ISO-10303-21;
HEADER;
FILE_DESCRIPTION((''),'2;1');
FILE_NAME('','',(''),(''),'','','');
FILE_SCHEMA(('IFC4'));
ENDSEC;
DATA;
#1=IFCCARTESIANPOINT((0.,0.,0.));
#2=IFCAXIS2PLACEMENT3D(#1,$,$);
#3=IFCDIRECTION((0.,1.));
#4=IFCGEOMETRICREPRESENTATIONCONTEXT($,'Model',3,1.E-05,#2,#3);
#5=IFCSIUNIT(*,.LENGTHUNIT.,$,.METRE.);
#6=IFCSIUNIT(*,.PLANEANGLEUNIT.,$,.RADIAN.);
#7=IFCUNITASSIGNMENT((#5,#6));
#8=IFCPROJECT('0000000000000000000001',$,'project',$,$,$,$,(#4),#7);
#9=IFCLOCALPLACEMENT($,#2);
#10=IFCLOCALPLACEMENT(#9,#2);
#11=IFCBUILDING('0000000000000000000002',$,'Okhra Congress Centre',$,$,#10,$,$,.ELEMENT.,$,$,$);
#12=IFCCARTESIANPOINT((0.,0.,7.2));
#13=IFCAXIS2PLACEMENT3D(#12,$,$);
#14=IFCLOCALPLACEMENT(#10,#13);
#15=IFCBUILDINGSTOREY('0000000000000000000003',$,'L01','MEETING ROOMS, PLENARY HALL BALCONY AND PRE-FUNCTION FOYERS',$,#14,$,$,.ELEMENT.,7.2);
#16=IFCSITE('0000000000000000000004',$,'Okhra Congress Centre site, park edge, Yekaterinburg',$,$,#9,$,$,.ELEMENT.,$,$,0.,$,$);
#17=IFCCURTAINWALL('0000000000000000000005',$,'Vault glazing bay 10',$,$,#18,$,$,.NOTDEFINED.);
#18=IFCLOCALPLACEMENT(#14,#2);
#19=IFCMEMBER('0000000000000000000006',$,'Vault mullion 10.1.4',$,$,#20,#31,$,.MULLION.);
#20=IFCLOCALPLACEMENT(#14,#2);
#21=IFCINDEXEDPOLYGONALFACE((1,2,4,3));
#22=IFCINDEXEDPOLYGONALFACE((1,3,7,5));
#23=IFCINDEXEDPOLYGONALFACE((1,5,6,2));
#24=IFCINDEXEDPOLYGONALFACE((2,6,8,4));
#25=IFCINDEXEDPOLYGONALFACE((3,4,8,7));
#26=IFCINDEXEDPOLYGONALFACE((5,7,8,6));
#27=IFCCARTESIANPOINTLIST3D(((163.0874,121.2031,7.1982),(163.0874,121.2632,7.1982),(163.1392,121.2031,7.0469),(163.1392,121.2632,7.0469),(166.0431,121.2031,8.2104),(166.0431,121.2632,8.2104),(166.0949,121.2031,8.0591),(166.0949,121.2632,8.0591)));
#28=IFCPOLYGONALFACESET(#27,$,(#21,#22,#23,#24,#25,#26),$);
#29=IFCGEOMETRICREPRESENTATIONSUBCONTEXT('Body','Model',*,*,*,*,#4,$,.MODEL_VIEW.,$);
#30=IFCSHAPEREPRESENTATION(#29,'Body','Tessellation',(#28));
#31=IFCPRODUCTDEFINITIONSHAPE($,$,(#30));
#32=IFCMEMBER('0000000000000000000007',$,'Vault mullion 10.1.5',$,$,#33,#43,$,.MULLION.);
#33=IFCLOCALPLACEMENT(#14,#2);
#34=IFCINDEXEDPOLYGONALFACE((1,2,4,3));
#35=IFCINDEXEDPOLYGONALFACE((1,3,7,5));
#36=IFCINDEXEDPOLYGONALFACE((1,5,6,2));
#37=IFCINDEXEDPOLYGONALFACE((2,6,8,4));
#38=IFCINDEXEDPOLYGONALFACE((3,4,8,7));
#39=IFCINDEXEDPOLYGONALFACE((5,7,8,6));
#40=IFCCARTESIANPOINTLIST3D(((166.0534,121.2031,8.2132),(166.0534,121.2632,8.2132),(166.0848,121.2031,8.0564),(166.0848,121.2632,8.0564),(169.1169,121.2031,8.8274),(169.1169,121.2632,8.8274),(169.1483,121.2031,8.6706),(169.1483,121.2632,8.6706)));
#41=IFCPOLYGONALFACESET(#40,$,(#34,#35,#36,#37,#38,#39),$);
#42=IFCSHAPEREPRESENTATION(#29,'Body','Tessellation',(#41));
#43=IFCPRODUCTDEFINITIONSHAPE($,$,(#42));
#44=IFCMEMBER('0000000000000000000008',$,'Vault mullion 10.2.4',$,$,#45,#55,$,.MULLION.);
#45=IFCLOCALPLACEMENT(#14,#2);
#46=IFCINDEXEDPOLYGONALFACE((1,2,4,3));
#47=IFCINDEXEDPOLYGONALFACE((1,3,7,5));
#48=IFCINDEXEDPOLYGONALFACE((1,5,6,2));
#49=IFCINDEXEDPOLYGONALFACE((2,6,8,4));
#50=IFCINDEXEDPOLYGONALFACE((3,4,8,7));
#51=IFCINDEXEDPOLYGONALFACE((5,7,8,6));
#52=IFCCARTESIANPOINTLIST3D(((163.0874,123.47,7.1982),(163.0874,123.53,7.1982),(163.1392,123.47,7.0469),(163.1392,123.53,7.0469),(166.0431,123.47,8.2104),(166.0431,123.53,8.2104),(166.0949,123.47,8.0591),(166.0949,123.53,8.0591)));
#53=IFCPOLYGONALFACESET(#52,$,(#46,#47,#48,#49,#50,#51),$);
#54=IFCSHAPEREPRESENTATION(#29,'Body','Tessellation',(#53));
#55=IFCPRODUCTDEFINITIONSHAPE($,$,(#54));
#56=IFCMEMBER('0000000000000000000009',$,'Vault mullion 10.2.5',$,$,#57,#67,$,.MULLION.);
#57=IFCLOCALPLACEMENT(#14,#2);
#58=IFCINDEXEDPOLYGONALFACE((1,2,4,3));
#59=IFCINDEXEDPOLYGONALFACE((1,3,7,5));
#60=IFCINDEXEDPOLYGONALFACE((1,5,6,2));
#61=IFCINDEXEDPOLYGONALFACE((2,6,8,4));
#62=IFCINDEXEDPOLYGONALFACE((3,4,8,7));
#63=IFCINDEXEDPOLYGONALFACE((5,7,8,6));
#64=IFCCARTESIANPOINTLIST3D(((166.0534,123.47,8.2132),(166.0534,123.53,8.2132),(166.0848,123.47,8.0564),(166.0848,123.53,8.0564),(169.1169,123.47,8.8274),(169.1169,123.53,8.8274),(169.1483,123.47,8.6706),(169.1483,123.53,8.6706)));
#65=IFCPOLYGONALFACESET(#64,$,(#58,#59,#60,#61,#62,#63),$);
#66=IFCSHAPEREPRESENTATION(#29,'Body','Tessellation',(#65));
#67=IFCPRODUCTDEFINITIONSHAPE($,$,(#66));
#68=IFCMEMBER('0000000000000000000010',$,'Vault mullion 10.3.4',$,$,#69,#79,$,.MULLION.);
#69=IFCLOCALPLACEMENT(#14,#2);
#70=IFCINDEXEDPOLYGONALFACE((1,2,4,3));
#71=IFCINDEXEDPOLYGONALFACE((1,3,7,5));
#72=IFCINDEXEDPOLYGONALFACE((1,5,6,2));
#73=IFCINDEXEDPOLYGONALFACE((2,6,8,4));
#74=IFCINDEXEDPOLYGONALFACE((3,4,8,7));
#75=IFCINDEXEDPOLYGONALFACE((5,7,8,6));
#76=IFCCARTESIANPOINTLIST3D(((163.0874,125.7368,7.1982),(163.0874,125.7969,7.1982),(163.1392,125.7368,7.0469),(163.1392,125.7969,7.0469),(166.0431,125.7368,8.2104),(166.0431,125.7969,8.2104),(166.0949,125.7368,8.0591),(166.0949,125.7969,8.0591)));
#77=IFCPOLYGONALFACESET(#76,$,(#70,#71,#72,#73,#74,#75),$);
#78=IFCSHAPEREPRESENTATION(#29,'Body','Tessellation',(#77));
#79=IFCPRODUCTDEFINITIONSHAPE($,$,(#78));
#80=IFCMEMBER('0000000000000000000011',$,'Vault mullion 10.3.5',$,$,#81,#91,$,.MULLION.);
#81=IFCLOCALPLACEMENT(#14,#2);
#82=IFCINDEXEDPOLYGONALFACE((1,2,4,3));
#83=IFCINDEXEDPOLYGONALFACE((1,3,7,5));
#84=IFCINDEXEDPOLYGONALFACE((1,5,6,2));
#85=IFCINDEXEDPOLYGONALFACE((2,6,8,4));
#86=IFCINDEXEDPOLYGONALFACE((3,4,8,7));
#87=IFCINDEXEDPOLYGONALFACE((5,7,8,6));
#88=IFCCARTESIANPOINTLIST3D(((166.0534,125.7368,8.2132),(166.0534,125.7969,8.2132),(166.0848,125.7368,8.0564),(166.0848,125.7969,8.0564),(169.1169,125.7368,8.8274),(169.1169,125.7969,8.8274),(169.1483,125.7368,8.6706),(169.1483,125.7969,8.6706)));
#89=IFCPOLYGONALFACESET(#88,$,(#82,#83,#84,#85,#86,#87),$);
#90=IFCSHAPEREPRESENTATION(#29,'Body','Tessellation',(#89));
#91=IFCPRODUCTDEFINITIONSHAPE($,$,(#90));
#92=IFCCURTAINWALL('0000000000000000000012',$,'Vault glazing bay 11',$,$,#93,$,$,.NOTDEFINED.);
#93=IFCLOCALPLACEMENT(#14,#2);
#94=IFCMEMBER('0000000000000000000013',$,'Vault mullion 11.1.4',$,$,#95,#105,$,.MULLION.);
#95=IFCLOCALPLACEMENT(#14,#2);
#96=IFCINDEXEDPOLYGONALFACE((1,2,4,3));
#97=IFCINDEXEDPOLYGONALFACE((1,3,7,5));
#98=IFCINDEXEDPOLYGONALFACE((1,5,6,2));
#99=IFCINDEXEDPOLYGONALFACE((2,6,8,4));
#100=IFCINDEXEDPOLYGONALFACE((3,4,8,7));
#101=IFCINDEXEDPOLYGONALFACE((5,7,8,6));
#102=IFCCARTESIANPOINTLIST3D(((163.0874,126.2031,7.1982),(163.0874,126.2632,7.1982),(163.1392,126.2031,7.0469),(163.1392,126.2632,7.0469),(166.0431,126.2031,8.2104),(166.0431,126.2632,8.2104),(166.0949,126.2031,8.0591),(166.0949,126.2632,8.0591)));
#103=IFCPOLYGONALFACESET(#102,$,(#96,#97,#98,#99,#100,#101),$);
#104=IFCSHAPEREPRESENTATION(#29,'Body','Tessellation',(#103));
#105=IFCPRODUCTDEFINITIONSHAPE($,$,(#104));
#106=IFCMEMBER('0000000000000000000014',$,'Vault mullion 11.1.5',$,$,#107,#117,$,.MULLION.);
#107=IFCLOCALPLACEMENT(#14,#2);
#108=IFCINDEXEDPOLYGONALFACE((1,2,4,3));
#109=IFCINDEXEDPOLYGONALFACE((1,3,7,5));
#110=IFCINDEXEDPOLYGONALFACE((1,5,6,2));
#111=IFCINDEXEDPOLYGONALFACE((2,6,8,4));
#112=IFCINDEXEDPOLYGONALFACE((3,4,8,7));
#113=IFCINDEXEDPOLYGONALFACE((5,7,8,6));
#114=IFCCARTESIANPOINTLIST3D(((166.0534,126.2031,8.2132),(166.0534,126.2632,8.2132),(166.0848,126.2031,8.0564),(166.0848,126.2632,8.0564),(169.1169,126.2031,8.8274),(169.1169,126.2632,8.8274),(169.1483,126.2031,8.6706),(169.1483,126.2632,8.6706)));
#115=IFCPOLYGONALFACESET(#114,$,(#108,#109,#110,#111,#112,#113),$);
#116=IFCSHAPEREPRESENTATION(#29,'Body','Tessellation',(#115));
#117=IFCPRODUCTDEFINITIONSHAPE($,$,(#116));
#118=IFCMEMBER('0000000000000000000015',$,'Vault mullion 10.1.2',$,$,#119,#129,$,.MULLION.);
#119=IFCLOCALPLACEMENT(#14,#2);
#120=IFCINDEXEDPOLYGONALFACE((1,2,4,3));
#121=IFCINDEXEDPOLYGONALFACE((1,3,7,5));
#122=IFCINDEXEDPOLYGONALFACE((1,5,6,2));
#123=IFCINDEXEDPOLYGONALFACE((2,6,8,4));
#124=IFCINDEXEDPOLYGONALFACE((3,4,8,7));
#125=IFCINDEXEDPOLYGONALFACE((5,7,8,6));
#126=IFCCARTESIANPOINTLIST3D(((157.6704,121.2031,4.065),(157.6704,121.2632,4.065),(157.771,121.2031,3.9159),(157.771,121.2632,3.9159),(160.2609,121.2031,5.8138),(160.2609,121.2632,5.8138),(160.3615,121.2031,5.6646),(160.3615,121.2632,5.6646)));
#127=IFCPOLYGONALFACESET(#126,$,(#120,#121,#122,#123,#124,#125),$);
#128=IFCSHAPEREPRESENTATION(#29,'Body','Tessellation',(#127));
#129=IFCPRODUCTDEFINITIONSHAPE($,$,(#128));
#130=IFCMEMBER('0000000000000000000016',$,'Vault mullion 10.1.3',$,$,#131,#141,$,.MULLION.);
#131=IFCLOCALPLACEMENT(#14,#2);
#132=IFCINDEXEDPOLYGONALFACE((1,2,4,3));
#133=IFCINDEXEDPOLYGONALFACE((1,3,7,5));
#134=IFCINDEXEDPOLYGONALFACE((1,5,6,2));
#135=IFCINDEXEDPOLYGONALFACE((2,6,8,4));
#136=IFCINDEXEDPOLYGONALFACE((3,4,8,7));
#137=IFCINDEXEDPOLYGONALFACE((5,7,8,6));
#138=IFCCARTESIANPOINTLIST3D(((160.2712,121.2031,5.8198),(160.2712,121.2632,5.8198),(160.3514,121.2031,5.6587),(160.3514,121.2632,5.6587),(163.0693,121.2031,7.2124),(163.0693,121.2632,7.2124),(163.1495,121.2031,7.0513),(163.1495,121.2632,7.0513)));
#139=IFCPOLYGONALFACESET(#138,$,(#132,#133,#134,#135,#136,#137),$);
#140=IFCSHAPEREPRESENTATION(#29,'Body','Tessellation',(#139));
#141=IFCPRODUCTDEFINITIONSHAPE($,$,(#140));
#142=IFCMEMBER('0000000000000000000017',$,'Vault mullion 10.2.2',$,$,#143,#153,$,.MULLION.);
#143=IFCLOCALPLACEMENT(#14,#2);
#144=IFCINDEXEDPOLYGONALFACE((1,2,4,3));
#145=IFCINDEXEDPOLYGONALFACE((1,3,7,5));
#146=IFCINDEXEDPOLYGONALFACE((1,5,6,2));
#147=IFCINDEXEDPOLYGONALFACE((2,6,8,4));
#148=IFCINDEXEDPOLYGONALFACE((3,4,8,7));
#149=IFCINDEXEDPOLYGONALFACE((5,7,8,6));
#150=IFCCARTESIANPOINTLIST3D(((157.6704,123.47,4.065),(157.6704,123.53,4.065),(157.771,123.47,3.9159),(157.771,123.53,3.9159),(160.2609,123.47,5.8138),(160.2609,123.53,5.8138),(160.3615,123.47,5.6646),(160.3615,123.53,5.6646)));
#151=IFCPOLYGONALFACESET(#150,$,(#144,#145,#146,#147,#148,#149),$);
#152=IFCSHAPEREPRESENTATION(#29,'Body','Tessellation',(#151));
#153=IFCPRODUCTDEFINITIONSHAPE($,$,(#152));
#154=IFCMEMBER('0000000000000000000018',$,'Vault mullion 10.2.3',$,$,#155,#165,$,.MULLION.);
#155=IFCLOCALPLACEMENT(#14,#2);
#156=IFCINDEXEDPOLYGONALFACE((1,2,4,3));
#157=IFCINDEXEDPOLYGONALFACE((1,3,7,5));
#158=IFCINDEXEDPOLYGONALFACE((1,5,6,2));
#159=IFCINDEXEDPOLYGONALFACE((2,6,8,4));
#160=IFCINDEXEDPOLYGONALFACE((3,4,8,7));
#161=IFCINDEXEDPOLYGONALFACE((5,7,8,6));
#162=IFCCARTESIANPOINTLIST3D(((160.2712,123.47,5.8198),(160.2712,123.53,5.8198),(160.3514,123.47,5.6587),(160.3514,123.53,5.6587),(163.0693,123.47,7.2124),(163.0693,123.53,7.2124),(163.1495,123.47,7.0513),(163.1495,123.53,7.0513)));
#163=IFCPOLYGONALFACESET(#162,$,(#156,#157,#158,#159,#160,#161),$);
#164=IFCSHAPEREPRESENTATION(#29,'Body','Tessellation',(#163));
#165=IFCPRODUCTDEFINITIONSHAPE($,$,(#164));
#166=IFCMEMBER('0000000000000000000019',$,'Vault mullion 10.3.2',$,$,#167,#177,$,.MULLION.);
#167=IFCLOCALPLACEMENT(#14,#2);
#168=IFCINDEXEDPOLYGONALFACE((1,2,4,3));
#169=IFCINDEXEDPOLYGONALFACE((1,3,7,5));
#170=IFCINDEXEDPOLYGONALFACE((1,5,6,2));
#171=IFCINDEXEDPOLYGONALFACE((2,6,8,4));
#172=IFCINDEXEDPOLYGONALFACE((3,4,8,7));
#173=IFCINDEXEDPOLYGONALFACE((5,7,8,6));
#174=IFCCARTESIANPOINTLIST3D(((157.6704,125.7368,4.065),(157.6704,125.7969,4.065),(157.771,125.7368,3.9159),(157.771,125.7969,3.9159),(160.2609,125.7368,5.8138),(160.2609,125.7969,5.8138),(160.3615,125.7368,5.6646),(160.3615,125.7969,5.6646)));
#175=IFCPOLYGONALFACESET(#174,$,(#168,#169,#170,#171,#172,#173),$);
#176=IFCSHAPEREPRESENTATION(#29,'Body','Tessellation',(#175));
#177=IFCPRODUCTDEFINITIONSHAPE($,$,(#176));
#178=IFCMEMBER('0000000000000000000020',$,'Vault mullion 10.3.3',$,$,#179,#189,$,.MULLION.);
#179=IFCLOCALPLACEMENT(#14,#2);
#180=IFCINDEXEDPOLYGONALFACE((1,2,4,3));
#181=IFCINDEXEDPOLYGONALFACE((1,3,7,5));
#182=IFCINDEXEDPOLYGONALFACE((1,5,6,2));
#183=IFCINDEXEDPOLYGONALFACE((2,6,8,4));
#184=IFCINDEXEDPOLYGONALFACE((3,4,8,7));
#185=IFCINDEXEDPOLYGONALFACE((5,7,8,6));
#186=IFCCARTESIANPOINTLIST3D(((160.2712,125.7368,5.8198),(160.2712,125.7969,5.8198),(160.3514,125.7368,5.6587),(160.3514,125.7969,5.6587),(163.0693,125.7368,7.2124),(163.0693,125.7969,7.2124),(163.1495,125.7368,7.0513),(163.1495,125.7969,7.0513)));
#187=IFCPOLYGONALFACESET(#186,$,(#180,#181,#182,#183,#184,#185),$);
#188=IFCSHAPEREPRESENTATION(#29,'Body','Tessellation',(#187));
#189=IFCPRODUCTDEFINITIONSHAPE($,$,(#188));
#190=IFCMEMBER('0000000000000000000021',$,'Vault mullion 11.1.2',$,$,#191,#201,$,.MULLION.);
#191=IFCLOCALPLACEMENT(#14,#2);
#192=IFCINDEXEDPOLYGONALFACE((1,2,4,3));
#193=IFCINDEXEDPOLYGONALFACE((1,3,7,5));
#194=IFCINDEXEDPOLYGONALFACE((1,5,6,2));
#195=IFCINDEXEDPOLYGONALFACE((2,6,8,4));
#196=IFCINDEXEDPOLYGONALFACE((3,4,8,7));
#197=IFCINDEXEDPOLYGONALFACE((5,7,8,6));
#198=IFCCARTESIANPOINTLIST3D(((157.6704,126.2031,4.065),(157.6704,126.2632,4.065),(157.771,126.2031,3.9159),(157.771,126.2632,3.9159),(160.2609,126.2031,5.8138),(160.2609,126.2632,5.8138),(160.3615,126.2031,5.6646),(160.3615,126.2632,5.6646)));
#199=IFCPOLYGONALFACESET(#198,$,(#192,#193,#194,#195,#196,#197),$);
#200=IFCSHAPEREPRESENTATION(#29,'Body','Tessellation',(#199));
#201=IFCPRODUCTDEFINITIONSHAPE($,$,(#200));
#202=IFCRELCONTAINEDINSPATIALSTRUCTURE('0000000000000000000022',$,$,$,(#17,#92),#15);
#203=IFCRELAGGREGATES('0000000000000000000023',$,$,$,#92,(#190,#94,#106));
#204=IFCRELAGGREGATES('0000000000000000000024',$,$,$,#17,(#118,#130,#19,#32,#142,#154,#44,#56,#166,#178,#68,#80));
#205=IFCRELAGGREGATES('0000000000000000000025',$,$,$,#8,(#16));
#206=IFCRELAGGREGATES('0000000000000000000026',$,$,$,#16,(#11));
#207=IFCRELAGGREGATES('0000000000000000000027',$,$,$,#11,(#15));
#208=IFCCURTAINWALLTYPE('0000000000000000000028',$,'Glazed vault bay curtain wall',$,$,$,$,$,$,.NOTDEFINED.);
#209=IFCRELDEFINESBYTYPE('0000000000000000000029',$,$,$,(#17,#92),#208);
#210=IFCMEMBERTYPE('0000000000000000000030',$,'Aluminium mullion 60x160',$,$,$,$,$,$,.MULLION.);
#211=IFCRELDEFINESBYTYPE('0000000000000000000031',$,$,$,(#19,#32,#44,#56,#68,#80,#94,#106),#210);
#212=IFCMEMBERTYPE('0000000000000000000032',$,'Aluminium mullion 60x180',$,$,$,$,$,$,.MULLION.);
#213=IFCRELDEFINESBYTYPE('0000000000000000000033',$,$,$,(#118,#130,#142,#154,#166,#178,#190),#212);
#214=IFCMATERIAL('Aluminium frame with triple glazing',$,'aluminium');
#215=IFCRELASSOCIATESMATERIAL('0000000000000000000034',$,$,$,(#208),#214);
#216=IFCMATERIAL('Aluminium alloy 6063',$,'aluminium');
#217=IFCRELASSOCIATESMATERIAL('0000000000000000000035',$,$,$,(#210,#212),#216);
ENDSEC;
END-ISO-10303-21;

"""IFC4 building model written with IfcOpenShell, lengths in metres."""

from ifc_helpers import new_model, si_unit, direction, frame, origin, origin_2d, place, context, subcontext, project, spatial, rectangle, extrude, material, material_profile, profile_set, type_object, element, aggregate, save


model = new_model("IFC4")

# Units and contexts
model_context = context("Model", 3, precision=1e-05, world=origin(), true_north=direction((0.0, 1.0)))
body_context = subcontext(model_context, "Body", "Model", "MODEL_VIEW")
ifc_project = project(units=[si_unit("LENGTHUNIT", "METRE"), si_unit("PLANEANGLEUNIT", "RADIAN")], contexts=[model_context])

# Site, building, storey
site_placement = place(None, origin())
site = spatial("IfcSite", under=ifc_project, at=site_placement, Name="Okhra Congress Centre site, park edge, Yekaterinburg", CompositionType="ELEMENT", RefElevation=0.0)
building_placement = place(site_placement, origin())
building = spatial("IfcBuilding", under=site, at=building_placement, Name="Okhra Congress Centre", CompositionType="ELEMENT")
storey_placement = place(building_placement, frame((0.0, 0.0, 7.2)))
storey = spatial("IfcBuildingStorey", under=building, at=storey_placement, Name="L01", Description="MEETING ROOMS, PLENARY HALL BALCONY AND PRE-FUNCTION FOYERS", CompositionType="ELEMENT", Elevation=7.2)

# Curtain walls, members
ifc_material_1 = material(Name="Aluminium frame with triple glazing", Category="aluminium")
curtain_wall_type = type_object("IfcCurtainWallType", Name="Glazed vault bay curtain wall", PredefinedType="NOTDEFINED", material=ifc_material_1)
curtain_wall_1_placement = place(storey_placement, origin())
curtain_wall_1 = element("IfcCurtainWall", 1, at=curtain_wall_1_placement, inside=storey, type_object=curtain_wall_type, Name="Vault glazing bay 10", PredefinedType="NOTDEFINED")
ifc_material_2 = material(Name="Aluminium alloy 6063", Category="aluminium")
ifc_material_profile_1 = material_profile(ifc_material_2, rectangle(XDim=0.0601, YDim=0.1599, at=origin_2d()), Name="AL 60x160")
ifc_profile_set_1 = profile_set([ifc_material_profile_1], Name="Aluminium alloy 6063")
member_type_1 = type_object("IfcMemberType", Name="Aluminium mullion 60x160", PredefinedType="MULLION", material=ifc_profile_set_1)
member_1_placement = place(storey_placement, frame((163.1133, 121.2332, 7.1226), z_axis=(0.946065, 0.0, 0.323977), x_axis=(0.0, 1.0, 0.0)))
member_1 = element("IfcMember", 2, at=member_1_placement, type_object=member_type_1, Name="Vault mullion 10.1.4", PredefinedType="MULLION", context=body_context, shape_type="SweptSolid", body=[
    extrude(rectangle(XDim=0.0601, YDim=0.1599, at=origin_2d()), origin(), (0.0, 0.0, 1.0), 3.1243),
])
member_2_placement = place(storey_placement, frame((166.0691, 121.2332, 8.1348), z_axis=(0.980484, 0.0, 0.196597), x_axis=(0.0, 1.0, 0.0)))
member_2 = element("IfcMember", 3, at=member_2_placement, type_object=member_type_1, Name="Vault mullion 10.1.5", PredefinedType="MULLION", context=body_context, shape_type="SweptSolid", body=[
    extrude(rectangle(XDim=0.0601, YDim=0.1599, at=origin_2d()), origin(), (0.0, 0.0, 1.0), 3.1245),
])
member_3_placement = place(storey_placement, frame((163.1133, 123.5, 7.1226), z_axis=(0.946065, 0.0, 0.323977), x_axis=(0.0, 1.0, 0.0)))
member_3 = element("IfcMember", 4, at=member_3_placement, type_object=member_type_1, Name="Vault mullion 10.2.4", PredefinedType="MULLION", context=body_context, shape_type="SweptSolid", body=[
    extrude(rectangle(XDim=0.0601, YDim=0.1599, at=origin_2d()), origin(), (0.0, 0.0, 1.0), 3.1243),
])
member_4_placement = place(storey_placement, frame((166.0691, 123.5, 8.1348), z_axis=(0.980484, 0.0, 0.196597), x_axis=(0.0, 1.0, 0.0)))
member_4 = element("IfcMember", 5, at=member_4_placement, type_object=member_type_1, Name="Vault mullion 10.2.5", PredefinedType="MULLION", context=body_context, shape_type="SweptSolid", body=[
    extrude(rectangle(XDim=0.0601, YDim=0.1599, at=origin_2d()), origin(), (0.0, 0.0, 1.0), 3.1245),
])
member_5_placement = place(storey_placement, frame((163.1133, 125.7668, 7.1226), z_axis=(0.946065, 0.0, 0.323977), x_axis=(0.0, 1.0, 0.0)))
member_5 = element("IfcMember", 6, at=member_5_placement, type_object=member_type_1, Name="Vault mullion 10.3.4", PredefinedType="MULLION", context=body_context, shape_type="SweptSolid", body=[
    extrude(rectangle(XDim=0.0601, YDim=0.1599, at=origin_2d()), origin(), (0.0, 0.0, 1.0), 3.1243),
])
member_6_placement = place(storey_placement, frame((166.0691, 125.7668, 8.1348), z_axis=(0.980484, 0.0, 0.196597), x_axis=(0.0, 1.0, 0.0)))
member_6 = element("IfcMember", 7, at=member_6_placement, type_object=member_type_1, Name="Vault mullion 10.3.5", PredefinedType="MULLION", context=body_context, shape_type="SweptSolid", body=[
    extrude(rectangle(XDim=0.0601, YDim=0.1599, at=origin_2d()), origin(), (0.0, 0.0, 1.0), 3.1245),
])
curtain_wall_2_placement = place(storey_placement, origin())
curtain_wall_2 = element("IfcCurtainWall", 8, at=curtain_wall_2_placement, inside=storey, type_object=curtain_wall_type, Name="Vault glazing bay 11", PredefinedType="NOTDEFINED")
member_7_placement = place(storey_placement, frame((163.1133, 126.2332, 7.1226), z_axis=(0.946065, 0.0, 0.323977), x_axis=(0.0, 1.0, 0.0)))
member_7 = element("IfcMember", 9, at=member_7_placement, type_object=member_type_1, Name="Vault mullion 11.1.4", PredefinedType="MULLION", context=body_context, shape_type="SweptSolid", body=[
    extrude(rectangle(XDim=0.0601, YDim=0.1599, at=origin_2d()), origin(), (0.0, 0.0, 1.0), 3.1243),
])
member_8_placement = place(storey_placement, frame((166.0691, 126.2332, 8.1348), z_axis=(0.980484, 0.0, 0.196597), x_axis=(0.0, 1.0, 0.0)))
member_8 = element("IfcMember", 10, at=member_8_placement, type_object=member_type_1, Name="Vault mullion 11.1.5", PredefinedType="MULLION", context=body_context, shape_type="SweptSolid", body=[
    extrude(rectangle(XDim=0.0601, YDim=0.1599, at=origin_2d()), origin(), (0.0, 0.0, 1.0), 3.1245),
])

# Members
ifc_material_profile_2 = material_profile(ifc_material_2, rectangle(XDim=0.0601, YDim=0.1799, at=origin_2d()), Name="AL 60x180")
ifc_profile_set_2 = profile_set([ifc_material_profile_2], Name="Aluminium alloy 6063")
member_type_2 = type_object("IfcMemberType", Name="Aluminium mullion 60x180", PredefinedType="MULLION", material=ifc_profile_set_2)
member_9_placement = place(storey_placement, frame((157.7207, 121.2332, 3.9905), z_axis=(0.828828, 0.0, 0.559504), x_axis=(0.0, 1.0, 0.0)))
member_9 = element("IfcMember", 11, at=member_9_placement, type_object=member_type_2, Name="Vault mullion 10.1.2", PredefinedType="MULLION", context=body_context, shape_type="SweptSolid", body=[
    extrude(rectangle(XDim=0.0601, YDim=0.1799, at=origin_2d()), origin(), (0.0, 0.0, 1.0), 3.1255),
])
member_10_placement = place(storey_placement, frame((160.3113, 121.2332, 5.7393), z_axis=(0.895254, 0.0, 0.445557), x_axis=(0.0, 1.0, 0.0)))
member_10 = element("IfcMember", 12, at=member_10_placement, type_object=member_type_2, Name="Vault mullion 10.1.3", PredefinedType="MULLION", context=body_context, shape_type="SweptSolid", body=[
    extrude(rectangle(XDim=0.0601, YDim=0.1799, at=origin_2d()), origin(), (0.0, 0.0, 1.0), 3.1255),
])
member_11_placement = place(storey_placement, frame((157.7207, 123.5, 3.9905), z_axis=(0.828828, 0.0, 0.559504), x_axis=(0.0, 1.0, 0.0)))
member_11 = element("IfcMember", 13, at=member_11_placement, type_object=member_type_2, Name="Vault mullion 10.2.2", PredefinedType="MULLION", context=body_context, shape_type="SweptSolid", body=[
    extrude(rectangle(XDim=0.0601, YDim=0.1799, at=origin_2d()), origin(), (0.0, 0.0, 1.0), 3.1255),
])
member_12_placement = place(storey_placement, frame((160.3113, 123.5, 5.7393), z_axis=(0.895254, 0.0, 0.445557), x_axis=(0.0, 1.0, 0.0)))
member_12 = element("IfcMember", 14, at=member_12_placement, type_object=member_type_2, Name="Vault mullion 10.2.3", PredefinedType="MULLION", context=body_context, shape_type="SweptSolid", body=[
    extrude(rectangle(XDim=0.0601, YDim=0.1799, at=origin_2d()), origin(), (0.0, 0.0, 1.0), 3.1255),
])
member_13_placement = place(storey_placement, frame((157.7207, 125.7668, 3.9905), z_axis=(0.828828, 0.0, 0.559504), x_axis=(0.0, 1.0, 0.0)))
member_13 = element("IfcMember", 15, at=member_13_placement, type_object=member_type_2, Name="Vault mullion 10.3.2", PredefinedType="MULLION", context=body_context, shape_type="SweptSolid", body=[
    extrude(rectangle(XDim=0.0601, YDim=0.1799, at=origin_2d()), origin(), (0.0, 0.0, 1.0), 3.1255),
])
member_14_placement = place(storey_placement, frame((160.3113, 125.7668, 5.7393), z_axis=(0.895254, 0.0, 0.445557), x_axis=(0.0, 1.0, 0.0)))
member_14 = element("IfcMember", 16, at=member_14_placement, type_object=member_type_2, Name="Vault mullion 10.3.3", PredefinedType="MULLION", context=body_context, shape_type="SweptSolid", body=[
    extrude(rectangle(XDim=0.0601, YDim=0.1799, at=origin_2d()), origin(), (0.0, 0.0, 1.0), 3.1255),
])
member_15_placement = place(storey_placement, frame((157.7207, 126.2332, 3.9905), z_axis=(0.828828, 0.0, 0.559504), x_axis=(0.0, 1.0, 0.0)))
member_15 = element("IfcMember", 17, at=member_15_placement, type_object=member_type_2, Name="Vault mullion 11.1.2", PredefinedType="MULLION", context=body_context, shape_type="SweptSolid", body=[
    extrude(rectangle(XDim=0.0601, YDim=0.1799, at=origin_2d()), origin(), (0.0, 0.0, 1.0), 3.1255),
])

aggregate(curtain_wall_2, [member_15, member_7, member_8])
aggregate(curtain_wall_1, [member_9, member_10, member_1, member_2, member_11, member_12, member_3, member_4, member_13, member_14, member_5, member_6])

save(model, "model.ifc")
